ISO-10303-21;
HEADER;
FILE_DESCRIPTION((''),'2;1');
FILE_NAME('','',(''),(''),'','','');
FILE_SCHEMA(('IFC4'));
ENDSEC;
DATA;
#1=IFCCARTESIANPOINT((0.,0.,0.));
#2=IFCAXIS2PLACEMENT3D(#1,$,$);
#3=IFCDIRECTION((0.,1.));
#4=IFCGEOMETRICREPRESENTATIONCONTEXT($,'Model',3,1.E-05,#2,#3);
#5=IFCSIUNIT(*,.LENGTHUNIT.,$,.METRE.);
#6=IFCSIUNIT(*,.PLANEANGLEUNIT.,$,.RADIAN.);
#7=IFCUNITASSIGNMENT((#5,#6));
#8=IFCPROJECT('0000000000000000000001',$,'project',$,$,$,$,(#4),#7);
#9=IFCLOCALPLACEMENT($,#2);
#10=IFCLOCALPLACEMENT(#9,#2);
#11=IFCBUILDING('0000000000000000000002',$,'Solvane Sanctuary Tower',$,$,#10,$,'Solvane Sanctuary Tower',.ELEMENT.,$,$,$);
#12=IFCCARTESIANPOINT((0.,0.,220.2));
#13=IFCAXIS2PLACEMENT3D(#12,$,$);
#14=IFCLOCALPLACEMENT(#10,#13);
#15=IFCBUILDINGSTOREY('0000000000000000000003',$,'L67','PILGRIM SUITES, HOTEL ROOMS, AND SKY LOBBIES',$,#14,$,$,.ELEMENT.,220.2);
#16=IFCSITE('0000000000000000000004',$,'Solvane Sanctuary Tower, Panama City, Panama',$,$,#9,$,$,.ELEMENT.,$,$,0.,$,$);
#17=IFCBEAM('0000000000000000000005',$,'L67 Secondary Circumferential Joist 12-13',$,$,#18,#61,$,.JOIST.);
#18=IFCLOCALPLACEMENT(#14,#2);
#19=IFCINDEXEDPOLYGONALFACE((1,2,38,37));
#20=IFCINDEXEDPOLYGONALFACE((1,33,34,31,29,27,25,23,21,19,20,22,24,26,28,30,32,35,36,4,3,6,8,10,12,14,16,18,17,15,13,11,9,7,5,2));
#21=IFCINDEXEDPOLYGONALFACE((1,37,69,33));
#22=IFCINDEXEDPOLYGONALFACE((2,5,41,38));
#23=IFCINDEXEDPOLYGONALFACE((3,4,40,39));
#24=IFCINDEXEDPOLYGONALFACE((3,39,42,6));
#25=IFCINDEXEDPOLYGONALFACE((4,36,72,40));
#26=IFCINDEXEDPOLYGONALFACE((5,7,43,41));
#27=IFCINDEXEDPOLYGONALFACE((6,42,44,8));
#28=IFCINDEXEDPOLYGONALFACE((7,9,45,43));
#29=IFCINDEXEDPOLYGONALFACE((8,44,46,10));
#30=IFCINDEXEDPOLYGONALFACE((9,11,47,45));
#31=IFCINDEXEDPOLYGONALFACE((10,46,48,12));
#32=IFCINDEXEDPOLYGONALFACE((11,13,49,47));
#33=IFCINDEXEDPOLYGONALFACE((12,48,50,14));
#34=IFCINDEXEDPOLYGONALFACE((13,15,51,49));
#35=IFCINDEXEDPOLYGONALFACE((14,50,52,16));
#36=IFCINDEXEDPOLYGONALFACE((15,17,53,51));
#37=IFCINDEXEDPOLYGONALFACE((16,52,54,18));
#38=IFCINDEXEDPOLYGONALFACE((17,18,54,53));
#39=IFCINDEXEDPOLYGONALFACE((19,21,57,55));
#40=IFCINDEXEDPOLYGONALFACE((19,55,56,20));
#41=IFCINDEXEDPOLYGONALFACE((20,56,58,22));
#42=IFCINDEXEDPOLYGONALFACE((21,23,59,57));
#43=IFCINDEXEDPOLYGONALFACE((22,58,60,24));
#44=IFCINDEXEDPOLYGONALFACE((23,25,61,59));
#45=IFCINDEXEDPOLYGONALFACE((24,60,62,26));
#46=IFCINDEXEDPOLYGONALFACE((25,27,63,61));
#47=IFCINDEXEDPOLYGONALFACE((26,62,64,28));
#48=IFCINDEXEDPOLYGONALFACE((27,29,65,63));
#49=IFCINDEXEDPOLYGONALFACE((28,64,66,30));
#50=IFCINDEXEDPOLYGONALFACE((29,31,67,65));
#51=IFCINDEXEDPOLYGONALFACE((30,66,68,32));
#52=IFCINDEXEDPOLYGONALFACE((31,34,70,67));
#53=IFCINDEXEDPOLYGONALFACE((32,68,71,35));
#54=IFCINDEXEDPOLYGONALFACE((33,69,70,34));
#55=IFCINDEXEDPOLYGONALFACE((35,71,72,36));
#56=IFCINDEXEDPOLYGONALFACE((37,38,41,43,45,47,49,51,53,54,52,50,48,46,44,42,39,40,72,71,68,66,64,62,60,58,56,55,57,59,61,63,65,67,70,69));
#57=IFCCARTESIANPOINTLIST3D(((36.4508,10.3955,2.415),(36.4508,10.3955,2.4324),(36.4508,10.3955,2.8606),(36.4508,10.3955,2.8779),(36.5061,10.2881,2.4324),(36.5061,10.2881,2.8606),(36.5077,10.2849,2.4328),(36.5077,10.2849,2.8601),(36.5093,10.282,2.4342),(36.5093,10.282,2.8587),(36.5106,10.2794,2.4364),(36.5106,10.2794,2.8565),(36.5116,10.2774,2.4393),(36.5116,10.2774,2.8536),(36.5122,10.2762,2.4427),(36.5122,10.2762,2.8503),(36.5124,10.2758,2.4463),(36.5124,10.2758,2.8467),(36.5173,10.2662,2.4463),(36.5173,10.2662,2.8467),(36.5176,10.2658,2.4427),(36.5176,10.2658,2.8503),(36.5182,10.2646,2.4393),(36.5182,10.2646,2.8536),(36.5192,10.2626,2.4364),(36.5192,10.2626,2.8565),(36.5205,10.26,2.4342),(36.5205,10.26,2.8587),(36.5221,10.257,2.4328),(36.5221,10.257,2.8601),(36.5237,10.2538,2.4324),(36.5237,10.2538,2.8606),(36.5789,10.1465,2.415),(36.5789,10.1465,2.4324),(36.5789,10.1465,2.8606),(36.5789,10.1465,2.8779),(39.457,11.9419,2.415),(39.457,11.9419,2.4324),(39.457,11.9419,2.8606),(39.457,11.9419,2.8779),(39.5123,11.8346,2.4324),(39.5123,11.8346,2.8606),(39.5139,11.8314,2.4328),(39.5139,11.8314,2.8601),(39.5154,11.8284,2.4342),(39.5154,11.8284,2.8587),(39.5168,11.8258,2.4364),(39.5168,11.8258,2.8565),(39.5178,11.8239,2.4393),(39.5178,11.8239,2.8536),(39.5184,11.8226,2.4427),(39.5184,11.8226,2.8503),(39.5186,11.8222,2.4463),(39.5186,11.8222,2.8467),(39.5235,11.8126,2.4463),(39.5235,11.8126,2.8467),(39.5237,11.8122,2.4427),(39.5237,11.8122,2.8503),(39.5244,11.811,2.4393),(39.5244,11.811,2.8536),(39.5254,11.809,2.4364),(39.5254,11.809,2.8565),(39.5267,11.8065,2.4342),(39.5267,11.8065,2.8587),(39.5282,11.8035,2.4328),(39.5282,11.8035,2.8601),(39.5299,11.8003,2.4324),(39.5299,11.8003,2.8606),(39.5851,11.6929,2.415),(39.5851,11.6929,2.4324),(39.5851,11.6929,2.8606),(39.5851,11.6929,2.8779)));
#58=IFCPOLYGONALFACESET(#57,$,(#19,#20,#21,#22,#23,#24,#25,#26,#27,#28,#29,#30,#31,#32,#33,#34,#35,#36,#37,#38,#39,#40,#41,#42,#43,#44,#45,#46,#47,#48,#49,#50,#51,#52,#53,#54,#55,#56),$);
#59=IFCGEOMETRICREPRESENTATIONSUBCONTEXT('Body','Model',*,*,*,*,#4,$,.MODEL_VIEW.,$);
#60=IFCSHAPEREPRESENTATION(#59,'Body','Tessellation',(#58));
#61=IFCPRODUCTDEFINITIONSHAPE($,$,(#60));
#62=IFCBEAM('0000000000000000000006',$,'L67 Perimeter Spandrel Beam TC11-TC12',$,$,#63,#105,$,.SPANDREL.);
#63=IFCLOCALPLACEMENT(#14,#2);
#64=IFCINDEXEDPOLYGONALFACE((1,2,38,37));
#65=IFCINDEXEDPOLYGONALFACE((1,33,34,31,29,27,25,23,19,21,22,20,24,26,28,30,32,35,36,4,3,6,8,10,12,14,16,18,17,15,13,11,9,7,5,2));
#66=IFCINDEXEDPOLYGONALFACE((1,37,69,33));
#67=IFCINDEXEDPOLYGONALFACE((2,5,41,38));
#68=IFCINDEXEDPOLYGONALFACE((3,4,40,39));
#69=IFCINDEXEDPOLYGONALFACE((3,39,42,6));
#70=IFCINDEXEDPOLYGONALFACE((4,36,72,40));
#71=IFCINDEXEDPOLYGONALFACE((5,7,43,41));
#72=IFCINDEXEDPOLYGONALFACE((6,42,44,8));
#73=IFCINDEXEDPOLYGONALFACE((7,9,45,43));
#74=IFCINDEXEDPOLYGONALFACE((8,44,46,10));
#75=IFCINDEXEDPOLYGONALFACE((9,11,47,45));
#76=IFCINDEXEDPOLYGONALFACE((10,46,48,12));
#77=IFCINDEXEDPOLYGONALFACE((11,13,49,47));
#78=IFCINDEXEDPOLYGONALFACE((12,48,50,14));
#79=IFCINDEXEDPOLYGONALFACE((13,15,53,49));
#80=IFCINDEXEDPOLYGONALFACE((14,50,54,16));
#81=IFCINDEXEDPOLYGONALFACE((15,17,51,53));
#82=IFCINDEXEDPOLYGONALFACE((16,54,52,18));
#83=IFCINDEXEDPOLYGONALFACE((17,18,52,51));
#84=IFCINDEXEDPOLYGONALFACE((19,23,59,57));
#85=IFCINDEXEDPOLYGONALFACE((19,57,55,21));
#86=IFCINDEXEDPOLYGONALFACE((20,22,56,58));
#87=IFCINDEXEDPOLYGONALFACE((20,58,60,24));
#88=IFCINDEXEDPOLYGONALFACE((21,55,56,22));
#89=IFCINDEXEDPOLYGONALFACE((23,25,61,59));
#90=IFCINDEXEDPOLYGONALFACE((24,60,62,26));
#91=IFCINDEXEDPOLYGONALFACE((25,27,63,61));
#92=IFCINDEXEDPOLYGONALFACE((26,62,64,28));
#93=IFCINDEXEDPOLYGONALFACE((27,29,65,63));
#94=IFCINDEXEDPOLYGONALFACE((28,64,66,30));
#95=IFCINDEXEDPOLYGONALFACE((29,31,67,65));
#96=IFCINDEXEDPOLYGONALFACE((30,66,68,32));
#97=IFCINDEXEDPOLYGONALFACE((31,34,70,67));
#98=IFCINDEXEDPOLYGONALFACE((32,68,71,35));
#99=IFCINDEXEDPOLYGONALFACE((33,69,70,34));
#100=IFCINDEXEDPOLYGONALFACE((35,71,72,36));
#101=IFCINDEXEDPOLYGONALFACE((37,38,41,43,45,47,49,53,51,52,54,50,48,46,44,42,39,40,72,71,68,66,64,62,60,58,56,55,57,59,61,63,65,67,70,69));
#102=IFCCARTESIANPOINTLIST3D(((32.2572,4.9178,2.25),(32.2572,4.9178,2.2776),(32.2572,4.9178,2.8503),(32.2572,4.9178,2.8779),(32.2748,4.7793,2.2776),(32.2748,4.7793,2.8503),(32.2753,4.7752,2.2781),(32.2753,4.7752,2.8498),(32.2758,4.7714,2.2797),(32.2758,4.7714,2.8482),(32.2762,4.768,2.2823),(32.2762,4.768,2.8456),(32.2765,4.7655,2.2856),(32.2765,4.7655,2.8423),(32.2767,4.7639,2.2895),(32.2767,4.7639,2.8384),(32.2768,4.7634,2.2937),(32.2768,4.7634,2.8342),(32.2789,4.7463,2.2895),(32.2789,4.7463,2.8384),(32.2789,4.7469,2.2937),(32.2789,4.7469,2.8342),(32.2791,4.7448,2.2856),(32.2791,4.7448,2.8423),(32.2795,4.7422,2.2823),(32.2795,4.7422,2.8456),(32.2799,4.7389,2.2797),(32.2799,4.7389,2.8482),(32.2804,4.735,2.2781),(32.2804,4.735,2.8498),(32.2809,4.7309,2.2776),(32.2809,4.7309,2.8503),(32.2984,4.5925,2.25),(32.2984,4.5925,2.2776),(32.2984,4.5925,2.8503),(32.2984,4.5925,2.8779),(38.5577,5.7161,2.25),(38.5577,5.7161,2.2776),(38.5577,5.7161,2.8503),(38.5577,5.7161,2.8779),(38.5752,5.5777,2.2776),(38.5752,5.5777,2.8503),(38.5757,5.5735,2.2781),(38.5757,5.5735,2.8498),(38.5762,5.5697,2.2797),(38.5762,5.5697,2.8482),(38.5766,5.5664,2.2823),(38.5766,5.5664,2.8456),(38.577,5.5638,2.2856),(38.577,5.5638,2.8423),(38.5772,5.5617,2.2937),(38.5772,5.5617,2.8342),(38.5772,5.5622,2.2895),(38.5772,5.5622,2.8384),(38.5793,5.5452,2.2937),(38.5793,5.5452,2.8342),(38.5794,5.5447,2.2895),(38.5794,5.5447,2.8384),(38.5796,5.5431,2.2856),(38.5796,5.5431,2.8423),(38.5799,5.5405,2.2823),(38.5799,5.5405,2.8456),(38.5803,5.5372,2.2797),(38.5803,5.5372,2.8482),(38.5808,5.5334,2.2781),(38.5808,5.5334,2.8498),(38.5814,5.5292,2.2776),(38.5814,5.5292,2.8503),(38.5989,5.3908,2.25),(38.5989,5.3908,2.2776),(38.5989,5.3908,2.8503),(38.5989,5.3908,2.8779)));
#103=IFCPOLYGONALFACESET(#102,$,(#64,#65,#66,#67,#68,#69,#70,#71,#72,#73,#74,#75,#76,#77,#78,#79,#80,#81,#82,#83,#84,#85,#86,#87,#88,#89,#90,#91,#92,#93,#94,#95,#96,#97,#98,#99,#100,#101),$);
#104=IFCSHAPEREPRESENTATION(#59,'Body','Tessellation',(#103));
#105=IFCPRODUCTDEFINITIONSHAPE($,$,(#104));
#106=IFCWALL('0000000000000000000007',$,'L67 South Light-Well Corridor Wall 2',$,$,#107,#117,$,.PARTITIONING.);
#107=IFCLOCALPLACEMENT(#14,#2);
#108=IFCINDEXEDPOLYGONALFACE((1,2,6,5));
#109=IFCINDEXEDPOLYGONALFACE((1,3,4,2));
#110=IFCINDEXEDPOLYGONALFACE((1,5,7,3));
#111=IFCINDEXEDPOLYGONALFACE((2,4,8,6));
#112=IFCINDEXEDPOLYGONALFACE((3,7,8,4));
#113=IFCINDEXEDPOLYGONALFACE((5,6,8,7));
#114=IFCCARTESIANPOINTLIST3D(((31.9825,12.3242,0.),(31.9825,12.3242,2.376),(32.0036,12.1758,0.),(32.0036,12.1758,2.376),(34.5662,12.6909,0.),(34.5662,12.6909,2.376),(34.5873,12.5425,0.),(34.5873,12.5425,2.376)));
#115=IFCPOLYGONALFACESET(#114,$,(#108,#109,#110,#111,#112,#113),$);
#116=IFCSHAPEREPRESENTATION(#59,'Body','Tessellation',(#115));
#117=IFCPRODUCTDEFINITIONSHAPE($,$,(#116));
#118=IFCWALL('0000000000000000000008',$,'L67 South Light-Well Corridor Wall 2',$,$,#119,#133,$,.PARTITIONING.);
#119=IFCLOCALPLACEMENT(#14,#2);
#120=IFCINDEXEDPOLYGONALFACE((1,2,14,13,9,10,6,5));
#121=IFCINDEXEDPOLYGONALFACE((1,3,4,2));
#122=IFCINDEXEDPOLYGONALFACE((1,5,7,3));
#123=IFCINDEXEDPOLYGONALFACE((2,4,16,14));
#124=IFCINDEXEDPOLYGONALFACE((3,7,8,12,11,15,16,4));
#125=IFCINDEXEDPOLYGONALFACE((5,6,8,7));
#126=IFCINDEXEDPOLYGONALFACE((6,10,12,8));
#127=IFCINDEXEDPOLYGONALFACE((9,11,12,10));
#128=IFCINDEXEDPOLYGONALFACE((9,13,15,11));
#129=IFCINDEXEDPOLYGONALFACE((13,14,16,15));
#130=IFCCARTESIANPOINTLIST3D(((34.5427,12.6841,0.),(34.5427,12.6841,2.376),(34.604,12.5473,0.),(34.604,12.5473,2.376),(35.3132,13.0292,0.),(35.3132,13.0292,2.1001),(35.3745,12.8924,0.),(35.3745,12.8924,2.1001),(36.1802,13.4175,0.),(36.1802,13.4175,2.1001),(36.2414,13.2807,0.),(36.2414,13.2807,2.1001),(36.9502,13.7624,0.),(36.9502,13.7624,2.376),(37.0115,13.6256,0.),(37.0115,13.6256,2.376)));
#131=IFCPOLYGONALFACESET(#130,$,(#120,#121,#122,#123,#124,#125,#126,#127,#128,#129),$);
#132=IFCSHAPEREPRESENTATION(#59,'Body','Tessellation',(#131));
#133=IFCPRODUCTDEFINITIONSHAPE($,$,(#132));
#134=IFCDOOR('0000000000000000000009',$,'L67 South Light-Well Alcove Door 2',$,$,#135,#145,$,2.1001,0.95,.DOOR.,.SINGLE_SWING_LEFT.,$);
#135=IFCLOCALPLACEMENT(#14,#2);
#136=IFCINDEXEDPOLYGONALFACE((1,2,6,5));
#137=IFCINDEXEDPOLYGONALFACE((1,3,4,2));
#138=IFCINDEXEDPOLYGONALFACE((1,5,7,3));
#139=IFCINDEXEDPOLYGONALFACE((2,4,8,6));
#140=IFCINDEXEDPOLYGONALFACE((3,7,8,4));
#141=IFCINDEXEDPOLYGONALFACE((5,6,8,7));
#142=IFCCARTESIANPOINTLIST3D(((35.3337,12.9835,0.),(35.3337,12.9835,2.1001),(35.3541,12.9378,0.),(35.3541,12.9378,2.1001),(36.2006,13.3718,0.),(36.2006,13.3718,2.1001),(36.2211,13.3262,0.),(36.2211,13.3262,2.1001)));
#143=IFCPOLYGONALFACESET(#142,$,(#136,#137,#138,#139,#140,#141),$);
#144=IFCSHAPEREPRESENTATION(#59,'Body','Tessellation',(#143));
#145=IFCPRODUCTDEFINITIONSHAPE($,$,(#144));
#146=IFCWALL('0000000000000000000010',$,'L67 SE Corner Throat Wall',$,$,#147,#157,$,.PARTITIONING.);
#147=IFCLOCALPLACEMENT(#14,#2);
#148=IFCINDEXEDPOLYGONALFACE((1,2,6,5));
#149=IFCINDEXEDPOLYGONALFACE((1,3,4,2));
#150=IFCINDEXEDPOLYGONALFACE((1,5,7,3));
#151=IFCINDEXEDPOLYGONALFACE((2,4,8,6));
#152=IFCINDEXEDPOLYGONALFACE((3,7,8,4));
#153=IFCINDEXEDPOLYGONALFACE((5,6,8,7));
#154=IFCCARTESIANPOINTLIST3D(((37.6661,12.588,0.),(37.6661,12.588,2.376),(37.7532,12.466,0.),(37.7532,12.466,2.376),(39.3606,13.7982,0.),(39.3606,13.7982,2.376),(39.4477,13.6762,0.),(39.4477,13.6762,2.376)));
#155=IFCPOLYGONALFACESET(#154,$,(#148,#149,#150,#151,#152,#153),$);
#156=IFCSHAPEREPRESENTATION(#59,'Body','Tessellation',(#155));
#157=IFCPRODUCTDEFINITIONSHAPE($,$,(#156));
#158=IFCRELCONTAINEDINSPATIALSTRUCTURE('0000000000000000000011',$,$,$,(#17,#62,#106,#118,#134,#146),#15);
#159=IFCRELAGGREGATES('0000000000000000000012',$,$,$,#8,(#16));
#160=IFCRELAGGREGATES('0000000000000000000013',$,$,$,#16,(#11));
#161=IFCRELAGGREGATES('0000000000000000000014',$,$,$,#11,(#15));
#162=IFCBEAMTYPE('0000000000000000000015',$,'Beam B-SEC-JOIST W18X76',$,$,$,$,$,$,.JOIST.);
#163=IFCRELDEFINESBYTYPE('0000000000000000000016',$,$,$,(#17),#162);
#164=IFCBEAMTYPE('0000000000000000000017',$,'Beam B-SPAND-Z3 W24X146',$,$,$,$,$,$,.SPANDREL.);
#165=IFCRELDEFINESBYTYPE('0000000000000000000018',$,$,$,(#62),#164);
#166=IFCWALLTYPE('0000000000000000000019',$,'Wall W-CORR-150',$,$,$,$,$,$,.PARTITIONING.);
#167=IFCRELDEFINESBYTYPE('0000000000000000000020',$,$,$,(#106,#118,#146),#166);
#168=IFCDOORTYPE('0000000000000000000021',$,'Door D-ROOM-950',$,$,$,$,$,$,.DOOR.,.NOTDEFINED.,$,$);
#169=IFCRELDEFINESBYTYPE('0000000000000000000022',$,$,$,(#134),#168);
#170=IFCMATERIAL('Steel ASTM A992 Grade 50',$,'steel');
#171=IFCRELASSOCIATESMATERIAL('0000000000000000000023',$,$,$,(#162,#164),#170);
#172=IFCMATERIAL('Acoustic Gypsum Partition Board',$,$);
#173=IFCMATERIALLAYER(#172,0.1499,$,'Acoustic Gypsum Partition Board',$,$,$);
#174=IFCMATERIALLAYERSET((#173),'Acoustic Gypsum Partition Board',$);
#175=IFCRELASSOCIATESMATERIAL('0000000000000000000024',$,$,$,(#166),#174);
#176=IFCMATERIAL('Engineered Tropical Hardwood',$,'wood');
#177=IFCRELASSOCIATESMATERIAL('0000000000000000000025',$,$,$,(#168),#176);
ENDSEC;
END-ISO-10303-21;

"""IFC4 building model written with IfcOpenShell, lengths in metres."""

from ifc_helpers import new_model, si_unit, direction, frame, frame_2d, origin, origin_2d, place, context, subcontext, project, spatial, rectangle, i_section, extrude, material, layer, layer_set, material_profile, profile_set, type_object, element, fill, save


model = new_model("IFC4")

# Units and contexts
model_context = context("Model", 3, precision=1e-05, world=origin(), true_north=direction((0.0, 1.0)))
body_context = subcontext(model_context, "Body", "Model", "MODEL_VIEW")
ifc_project = project(units=[si_unit("LENGTHUNIT", "METRE"), si_unit("PLANEANGLEUNIT", "RADIAN")], contexts=[model_context])

# Site, building, storey
site_placement = place(None, origin())
site = spatial("IfcSite", under=ifc_project, at=site_placement, Name="Solvane Sanctuary Tower, Panama City, Panama", CompositionType="ELEMENT", RefElevation=0.0)
building_placement = place(site_placement, origin())
building = spatial("IfcBuilding", under=site, at=building_placement, Name="Solvane Sanctuary Tower", LongName="Solvane Sanctuary Tower", CompositionType="ELEMENT")
storey_placement = place(building_placement, frame((0.0, 0.0, 220.2)))
storey = spatial("IfcBuildingStorey", under=building, at=storey_placement, Name="L67", Description="PILGRIM SUITES, HOTEL ROOMS, AND SKY LOBBIES", CompositionType="ELEMENT", Elevation=220.2)

# Beams
ifc_material_1 = material(Name="Steel ASTM A992 Grade 50", Category="steel")
ifc_material_profile_1 = material_profile(ifc_material_1, i_section(OverallWidth=0.28, OverallDepth=0.4629, WebThickness=0.0107, FlangeThickness=0.0173, FilletRadius=0.0139, at=origin_2d()), Name="W18X76")
ifc_profile_set_1 = profile_set([ifc_material_profile_1], Name="Steel ASTM A992 Grade 50")
beam_type_1 = type_object("IfcBeamType", Name="Beam B-SEC-JOIST W18X76", PredefinedType="JOIST", material=ifc_profile_set_1)
beam_1_placement = place(storey_placement, frame((36.5149, 10.271, 2.6465), z_axis=(0.889241, 0.457439, 0.0), x_axis=(-0.457439, 0.889241, 0.0)))
element("IfcBeam", 1, at=beam_1_placement, inside=storey, type_object=beam_type_1, Name="L67 Secondary Circumferential Joist 12-13", PredefinedType="JOIST", context=body_context, shape_type="SweptSolid", body=[
    extrude(i_section(OverallWidth=0.28, OverallDepth=0.4629, WebThickness=0.0107, FlangeThickness=0.0173, FilletRadius=0.0139, at=origin_2d()), origin(), (0.0, 0.0, 1.0), 3.3806),
])
ifc_material_profile_2 = material_profile(ifc_material_1, i_section(OverallWidth=0.3279, OverallDepth=0.6279, WebThickness=0.0166, FlangeThickness=0.0276, FilletRadius=0.0161, at=origin_2d()), Name="W24X146")
ifc_profile_set_2 = profile_set([ifc_material_profile_2], Name="Steel ASTM A992 Grade 50")
beam_type_2 = type_object("IfcBeamType", Name="Beam B-SPAND-Z3 W24X146", PredefinedType="SPANDREL", material=ifc_profile_set_2)
beam_2_placement = place(storey_placement, frame((32.2778, 4.7551, 2.564), z_axis=(0.992068, 0.125705, 0.0), x_axis=(-0.125705, 0.992068, 0.0)))
element("IfcBeam", 2, at=beam_2_placement, inside=storey, type_object=beam_type_2, Name="L67 Perimeter Spandrel Beam TC11-TC12", PredefinedType="SPANDREL", context=body_context, shape_type="SweptSolid", body=[
    extrude(i_section(OverallWidth=0.3279, OverallDepth=0.6279, WebThickness=0.0166, FlangeThickness=0.0276, FilletRadius=0.0161, at=origin_2d()), origin(), (0.0, 0.0, 1.0), 6.3508),
])

# Wall
ifc_material_2 = material(Name="Acoustic Gypsum Partition Board")
ifc_layer_1 = layer(ifc_material_2, 0.1499, Name="Acoustic Gypsum Partition Board")
ifc_layer_set_1 = layer_set([ifc_layer_1], Name="Acoustic Gypsum Partition Board")
wall_type_1 = type_object("IfcWallType", Name="Wall W-CORR-150", PredefinedType="PARTITIONING", material=ifc_layer_set_1)
wall_1_placement = place(storey_placement, frame((31.9932, 12.25, 0.0), z_axis=(0.0, 0.0, 1.0), x_axis=(0.990078, 0.140518, 0.0)))
element("IfcWall", 3, at=wall_1_placement, inside=storey, type_object=wall_type_1, Name="L67 South Light-Well Corridor Wall 2", PredefinedType="PARTITIONING", context=body_context, shape_type="SweptSolid", body=[
    extrude(rectangle(XDim=2.6096, YDim=0.1499, at=frame_2d((1.3047, 0.0))), origin(), (0.0, 0.0, 1.0), 2.376),
])

# Wall, opening, door
wall_2_placement = place(storey_placement, frame((34.5735, 12.6157, 0.0), z_axis=(0.0, 0.0, 1.0), x_axis=(0.912628, 0.40879, 0.0)))
wall_2 = element("IfcWall", 4, at=wall_2_placement, inside=storey, type_object=wall_type_1, Name="L67 South Light-Well Corridor Wall 2", PredefinedType="PARTITIONING", context=body_context, shape_type="SweptSolid", body=[
    extrude(rectangle(XDim=2.6379, YDim=0.1499, at=frame_2d((1.3188, 0.0))), origin(), (0.0, 0.0, 1.0), 2.376),
])
opening_1_placement = place(wall_2_placement, frame((0.844, 0.0, 0.0)))
opening_1 = element("IfcOpeningElement", 5, at=opening_1_placement, cuts=wall_2, PredefinedType="OPENING", context=body_context, shape_type="SweptSolid", body=[
    extrude(rectangle(XDim=0.95, YDim=2.1001, at=frame_2d((0.4751, 1.05))), frame((0.0, 0.085, 0.0), z_axis=(0.0, -1.0, 0.0), x_axis=(1.0, 0.0, 0.0)), (0.0, 0.0, 1.0), 0.1699),
])
ifc_material_3 = material(Name="Engineered Tropical Hardwood", Category="wood")
door_type_1 = type_object("IfcDoorType", Name="Door D-ROOM-950", OperationType="NOTDEFINED", PredefinedType="DOOR", material=ifc_material_3)
door_1_placement = place(opening_1_placement, origin())
door_1 = element("IfcDoor", 6, at=door_1_placement, inside=storey, type_object=door_type_1, Name="L67 South Light-Well Alcove Door 2", OperationType="SINGLE_SWING_LEFT", OverallHeight=2.1001, OverallWidth=0.95, PredefinedType="DOOR", context=body_context, shape_type="SweptSolid", body=[
    extrude(rectangle(XDim=0.95, YDim=2.1001, at=frame_2d((0.4751, 1.05))), frame((0.0, 0.0249, 0.0), z_axis=(0.0, -1.0, 0.0), x_axis=(1.0, 0.0, 0.0)), (0.0, 0.0, 1.0), 0.05),
])
fill(opening_1, door_1)

# Wall
wall_3_placement = place(storey_placement, frame((37.7097, 12.5271, 0.0), z_axis=(0.0, 0.0, 1.0), x_axis=(0.813781, 0.581172, 0.0)))
element("IfcWall", 7, at=wall_3_placement, inside=storey, type_object=wall_type_1, Name="L67 SE Corner Throat Wall", PredefinedType="PARTITIONING", context=body_context, shape_type="SweptSolid", body=[
    extrude(rectangle(XDim=2.0823, YDim=0.1499, at=frame_2d((1.041, 0.0))), origin(), (0.0, 0.0, 1.0), 2.376),
])

save(model, "model.ifc")
